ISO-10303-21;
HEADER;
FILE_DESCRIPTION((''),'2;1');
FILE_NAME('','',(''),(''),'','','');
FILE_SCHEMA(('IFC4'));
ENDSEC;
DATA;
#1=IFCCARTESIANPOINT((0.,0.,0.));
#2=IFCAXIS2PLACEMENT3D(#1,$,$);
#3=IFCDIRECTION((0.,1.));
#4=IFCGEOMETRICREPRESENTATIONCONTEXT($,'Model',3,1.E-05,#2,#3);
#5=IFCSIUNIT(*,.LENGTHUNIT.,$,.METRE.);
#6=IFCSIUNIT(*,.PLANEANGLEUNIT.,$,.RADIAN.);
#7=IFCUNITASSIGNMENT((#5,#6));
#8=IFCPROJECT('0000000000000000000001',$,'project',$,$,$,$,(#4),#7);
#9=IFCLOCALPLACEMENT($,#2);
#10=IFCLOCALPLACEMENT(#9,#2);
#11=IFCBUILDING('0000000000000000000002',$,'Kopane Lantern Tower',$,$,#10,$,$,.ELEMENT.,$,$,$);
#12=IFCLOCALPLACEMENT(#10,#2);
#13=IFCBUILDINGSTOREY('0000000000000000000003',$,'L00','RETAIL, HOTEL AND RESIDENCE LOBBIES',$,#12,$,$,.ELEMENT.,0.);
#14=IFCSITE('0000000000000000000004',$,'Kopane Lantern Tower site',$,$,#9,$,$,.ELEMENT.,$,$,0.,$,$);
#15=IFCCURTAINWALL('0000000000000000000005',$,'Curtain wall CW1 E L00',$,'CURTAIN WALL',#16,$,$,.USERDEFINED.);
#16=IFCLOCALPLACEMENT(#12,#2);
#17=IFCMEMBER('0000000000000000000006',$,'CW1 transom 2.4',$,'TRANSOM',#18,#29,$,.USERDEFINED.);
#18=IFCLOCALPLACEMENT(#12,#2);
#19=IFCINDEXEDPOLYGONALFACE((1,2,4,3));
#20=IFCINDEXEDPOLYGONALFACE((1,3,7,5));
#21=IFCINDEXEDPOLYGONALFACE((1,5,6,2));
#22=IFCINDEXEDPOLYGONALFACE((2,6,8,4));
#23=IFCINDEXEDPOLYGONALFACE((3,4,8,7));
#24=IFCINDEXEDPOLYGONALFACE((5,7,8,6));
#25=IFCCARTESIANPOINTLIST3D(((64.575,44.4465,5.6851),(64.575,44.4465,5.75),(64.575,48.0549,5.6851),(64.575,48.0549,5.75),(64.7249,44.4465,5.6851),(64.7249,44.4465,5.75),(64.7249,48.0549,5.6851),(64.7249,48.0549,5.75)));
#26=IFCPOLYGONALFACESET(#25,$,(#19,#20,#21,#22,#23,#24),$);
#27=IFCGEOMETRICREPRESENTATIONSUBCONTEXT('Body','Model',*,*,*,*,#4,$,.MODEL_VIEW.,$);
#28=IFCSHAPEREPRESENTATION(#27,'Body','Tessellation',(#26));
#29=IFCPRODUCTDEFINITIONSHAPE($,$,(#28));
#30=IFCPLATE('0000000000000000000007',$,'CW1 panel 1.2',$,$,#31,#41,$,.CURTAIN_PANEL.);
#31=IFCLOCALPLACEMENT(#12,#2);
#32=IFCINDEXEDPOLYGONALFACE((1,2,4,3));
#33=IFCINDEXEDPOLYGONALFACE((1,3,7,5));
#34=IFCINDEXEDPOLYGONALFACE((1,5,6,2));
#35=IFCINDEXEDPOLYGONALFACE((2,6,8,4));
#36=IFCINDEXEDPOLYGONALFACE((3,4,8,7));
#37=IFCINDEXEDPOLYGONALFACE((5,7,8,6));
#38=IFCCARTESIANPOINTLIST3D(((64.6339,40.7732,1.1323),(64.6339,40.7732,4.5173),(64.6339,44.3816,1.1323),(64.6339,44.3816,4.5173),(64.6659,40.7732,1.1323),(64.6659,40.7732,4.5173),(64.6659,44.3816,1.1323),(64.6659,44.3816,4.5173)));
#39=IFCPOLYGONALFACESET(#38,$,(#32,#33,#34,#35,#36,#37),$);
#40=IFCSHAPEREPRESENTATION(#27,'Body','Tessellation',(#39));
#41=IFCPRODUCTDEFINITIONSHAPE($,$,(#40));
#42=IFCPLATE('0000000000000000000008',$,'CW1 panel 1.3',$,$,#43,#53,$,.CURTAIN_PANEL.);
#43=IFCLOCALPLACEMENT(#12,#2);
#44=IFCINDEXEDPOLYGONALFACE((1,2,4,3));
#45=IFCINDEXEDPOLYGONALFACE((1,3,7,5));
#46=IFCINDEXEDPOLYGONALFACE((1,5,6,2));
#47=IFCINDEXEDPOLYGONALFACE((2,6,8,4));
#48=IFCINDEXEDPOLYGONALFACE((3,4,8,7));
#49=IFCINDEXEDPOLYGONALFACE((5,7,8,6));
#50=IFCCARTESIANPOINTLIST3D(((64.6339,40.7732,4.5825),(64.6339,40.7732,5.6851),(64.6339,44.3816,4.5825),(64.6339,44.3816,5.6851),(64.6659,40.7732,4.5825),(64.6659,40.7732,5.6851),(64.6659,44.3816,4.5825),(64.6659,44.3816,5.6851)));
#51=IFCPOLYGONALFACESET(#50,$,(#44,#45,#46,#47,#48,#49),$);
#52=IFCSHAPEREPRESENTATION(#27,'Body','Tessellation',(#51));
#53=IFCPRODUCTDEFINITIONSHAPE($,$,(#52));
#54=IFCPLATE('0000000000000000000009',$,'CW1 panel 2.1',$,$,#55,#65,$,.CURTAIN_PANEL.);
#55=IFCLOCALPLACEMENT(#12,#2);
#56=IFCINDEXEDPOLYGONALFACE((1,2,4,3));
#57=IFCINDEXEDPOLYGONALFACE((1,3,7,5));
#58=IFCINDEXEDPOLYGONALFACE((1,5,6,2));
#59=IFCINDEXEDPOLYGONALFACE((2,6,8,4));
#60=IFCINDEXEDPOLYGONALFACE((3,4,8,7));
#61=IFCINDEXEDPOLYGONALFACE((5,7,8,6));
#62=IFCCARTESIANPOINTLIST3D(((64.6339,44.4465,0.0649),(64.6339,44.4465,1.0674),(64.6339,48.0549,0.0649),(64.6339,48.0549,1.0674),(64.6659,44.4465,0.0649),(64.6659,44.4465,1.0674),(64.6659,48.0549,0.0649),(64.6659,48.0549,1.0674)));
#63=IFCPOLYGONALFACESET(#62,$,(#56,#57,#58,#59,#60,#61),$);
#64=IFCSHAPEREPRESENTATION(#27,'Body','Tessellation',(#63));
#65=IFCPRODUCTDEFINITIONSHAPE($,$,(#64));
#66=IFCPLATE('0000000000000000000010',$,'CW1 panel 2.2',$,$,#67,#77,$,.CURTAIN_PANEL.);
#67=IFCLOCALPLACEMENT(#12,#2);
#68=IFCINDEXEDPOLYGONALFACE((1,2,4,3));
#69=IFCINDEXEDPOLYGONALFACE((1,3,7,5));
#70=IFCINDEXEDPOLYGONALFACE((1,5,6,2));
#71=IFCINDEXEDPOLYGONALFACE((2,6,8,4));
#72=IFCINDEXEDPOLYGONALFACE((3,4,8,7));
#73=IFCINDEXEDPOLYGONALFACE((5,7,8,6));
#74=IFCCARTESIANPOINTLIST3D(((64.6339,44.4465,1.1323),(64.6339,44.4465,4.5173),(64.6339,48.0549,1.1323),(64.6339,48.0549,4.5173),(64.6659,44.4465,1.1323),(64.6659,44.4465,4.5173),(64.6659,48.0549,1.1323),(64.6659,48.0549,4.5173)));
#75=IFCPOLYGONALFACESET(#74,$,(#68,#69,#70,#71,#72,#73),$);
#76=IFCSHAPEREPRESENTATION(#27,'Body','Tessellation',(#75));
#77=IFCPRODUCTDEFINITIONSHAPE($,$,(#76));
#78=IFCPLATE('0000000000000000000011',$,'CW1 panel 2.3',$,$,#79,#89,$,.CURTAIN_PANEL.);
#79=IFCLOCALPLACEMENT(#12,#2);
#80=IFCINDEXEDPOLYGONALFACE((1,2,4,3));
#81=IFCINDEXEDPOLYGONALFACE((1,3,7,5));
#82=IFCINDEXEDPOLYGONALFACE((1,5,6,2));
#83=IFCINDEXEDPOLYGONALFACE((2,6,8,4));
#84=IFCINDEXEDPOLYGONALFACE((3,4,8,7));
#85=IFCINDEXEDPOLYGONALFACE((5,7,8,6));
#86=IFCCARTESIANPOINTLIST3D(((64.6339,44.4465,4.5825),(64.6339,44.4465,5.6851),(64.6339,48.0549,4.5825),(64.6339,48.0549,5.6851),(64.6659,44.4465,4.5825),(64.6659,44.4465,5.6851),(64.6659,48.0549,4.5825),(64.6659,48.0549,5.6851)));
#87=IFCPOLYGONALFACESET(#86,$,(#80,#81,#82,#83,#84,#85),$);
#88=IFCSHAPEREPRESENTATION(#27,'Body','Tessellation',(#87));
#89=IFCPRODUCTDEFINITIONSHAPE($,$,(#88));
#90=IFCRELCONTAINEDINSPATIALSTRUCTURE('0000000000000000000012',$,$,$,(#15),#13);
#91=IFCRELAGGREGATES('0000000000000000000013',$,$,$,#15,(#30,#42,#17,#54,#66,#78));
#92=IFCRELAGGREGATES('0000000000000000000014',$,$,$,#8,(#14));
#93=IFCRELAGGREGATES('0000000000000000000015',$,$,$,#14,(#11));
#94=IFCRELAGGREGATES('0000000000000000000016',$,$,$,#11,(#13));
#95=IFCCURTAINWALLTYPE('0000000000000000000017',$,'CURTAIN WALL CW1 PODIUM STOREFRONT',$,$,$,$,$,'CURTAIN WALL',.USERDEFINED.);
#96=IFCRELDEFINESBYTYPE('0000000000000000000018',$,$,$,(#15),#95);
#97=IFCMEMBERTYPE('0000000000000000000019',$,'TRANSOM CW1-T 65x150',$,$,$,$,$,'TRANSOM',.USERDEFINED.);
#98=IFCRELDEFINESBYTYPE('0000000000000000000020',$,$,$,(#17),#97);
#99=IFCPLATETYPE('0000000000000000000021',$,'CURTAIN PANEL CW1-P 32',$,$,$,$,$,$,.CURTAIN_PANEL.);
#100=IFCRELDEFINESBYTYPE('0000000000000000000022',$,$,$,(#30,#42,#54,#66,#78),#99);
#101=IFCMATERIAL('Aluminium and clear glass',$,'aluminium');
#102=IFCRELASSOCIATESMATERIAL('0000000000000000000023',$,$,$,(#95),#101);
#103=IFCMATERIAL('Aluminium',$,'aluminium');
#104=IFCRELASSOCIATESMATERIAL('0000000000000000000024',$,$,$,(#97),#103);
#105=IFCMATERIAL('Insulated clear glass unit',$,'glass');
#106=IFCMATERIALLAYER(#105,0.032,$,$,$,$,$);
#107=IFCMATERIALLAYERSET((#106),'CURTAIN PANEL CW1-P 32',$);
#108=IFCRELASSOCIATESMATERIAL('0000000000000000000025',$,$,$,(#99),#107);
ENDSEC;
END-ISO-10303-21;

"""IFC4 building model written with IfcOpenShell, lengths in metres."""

from ifc_helpers import new_model, si_unit, direction, frame, origin, origin_2d, place, context, subcontext, project, spatial, rectangle, extrude, material, layer, layer_set, material_profile, profile_set, type_object, element, aggregate, save


model = new_model("IFC4")

# Units and contexts
model_context = context("Model", 3, precision=1e-05, world=origin(), true_north=direction((0.0, 1.0)))
body_context = subcontext(model_context, "Body", "Model", "MODEL_VIEW")
ifc_project = project(units=[si_unit("LENGTHUNIT", "METRE"), si_unit("PLANEANGLEUNIT", "RADIAN")], contexts=[model_context])

# Site, building, storey
site_placement = place(None, origin())
site = spatial("IfcSite", under=ifc_project, at=site_placement, Name="Kopane Lantern Tower site", CompositionType="ELEMENT", RefElevation=0.0)
building_placement = place(site_placement, origin())
building = spatial("IfcBuilding", under=site, at=building_placement, Name="Kopane Lantern Tower", CompositionType="ELEMENT")
storey_placement = place(building_placement, origin())
storey = spatial("IfcBuildingStorey", under=building, at=storey_placement, Name="L00", Description="RETAIL, HOTEL AND RESIDENCE LOBBIES", CompositionType="ELEMENT", Elevation=0.0)

# Curtain wall, member, plates
ifc_material_1 = material(Name="Aluminium and clear glass", Category="aluminium")
curtain_wall_type = type_object("IfcCurtainWallType", Name="CURTAIN WALL CW1 PODIUM STOREFRONT", ElementType="CURTAIN WALL", PredefinedType="USERDEFINED", material=ifc_material_1)
curtain_wall_placement = place(storey_placement, origin())
curtain_wall = element("IfcCurtainWall", 1, at=curtain_wall_placement, inside=storey, type_object=curtain_wall_type, Name="Curtain wall CW1 E L00", ObjectType="CURTAIN WALL", PredefinedType="USERDEFINED")
ifc_material_2 = material(Name="Aluminium", Category="aluminium")
ifc_material_profile_1 = material_profile(ifc_material_2, rectangle(XDim=0.1499, YDim=0.0649, at=origin_2d()), Name="AL 150x65")
ifc_profile_set_1 = profile_set([ifc_material_profile_1], Name="Aluminium")
member_type_1 = type_object("IfcMemberType", Name="TRANSOM CW1-T 65x150", ElementType="TRANSOM", PredefinedType="USERDEFINED", material=ifc_profile_set_1)
member_1_placement = place(storey_placement, frame((64.6499, 44.4465, 5.7175), z_axis=(0.0, 1.0, 0.0), x_axis=(-1.0, 0.0, 0.0)))
member_1 = element("IfcMember", 2, at=member_1_placement, type_object=member_type_1, Name="CW1 transom 2.4", ObjectType="TRANSOM", PredefinedType="USERDEFINED", context=body_context, shape_type="SweptSolid", body=[
    extrude(rectangle(XDim=0.1499, YDim=0.0649, at=origin_2d()), origin(), (0.0, 0.0, 1.0), 3.6084),
])
ifc_material_3 = material(Name="Insulated clear glass unit", Category="glass")
ifc_layer = layer(ifc_material_3, 0.032)
ifc_layer_set = layer_set([ifc_layer], Name="CURTAIN PANEL CW1-P 32")
plate_type = type_object("IfcPlateType", Name="CURTAIN PANEL CW1-P 32", PredefinedType="CURTAIN_PANEL", material=ifc_layer_set)
plate_1_placement = place(storey_placement, frame((64.6499, 42.5774, 1.1323), z_axis=(0.0, 0.0, 1.0), x_axis=(0.0, 1.0, 0.0)))
plate_1 = element("IfcPlate", 3, at=plate_1_placement, type_object=plate_type, Name="CW1 panel 1.2", PredefinedType="CURTAIN_PANEL", context=body_context, shape_type="SweptSolid", body=[
    extrude(rectangle(XDim=3.6084, YDim=0.032, at=origin_2d()), origin(), (0.0, 0.0, 1.0), 3.385),
])
plate_2_placement = place(storey_placement, frame((64.6499, 42.5774, 4.5825), z_axis=(0.0, 0.0, 1.0), x_axis=(0.0, 1.0, 0.0)))
plate_2 = element("IfcPlate", 4, at=plate_2_placement, type_object=plate_type, Name="CW1 panel 1.3", PredefinedType="CURTAIN_PANEL", context=body_context, shape_type="SweptSolid", body=[
    extrude(rectangle(XDim=3.6084, YDim=0.032, at=origin_2d()), origin(), (0.0, 0.0, 1.0), 1.1025),
])
plate_3_placement = place(storey_placement, frame((64.6499, 46.2507, 0.0649), z_axis=(0.0, 0.0, 1.0), x_axis=(0.0, 1.0, 0.0)))
plate_3 = element("IfcPlate", 5, at=plate_3_placement, type_object=plate_type, Name="CW1 panel 2.1", PredefinedType="CURTAIN_PANEL", context=body_context, shape_type="SweptSolid", body=[
    extrude(rectangle(XDim=3.6084, YDim=0.032, at=origin_2d()), origin(), (0.0, 0.0, 1.0), 1.0024),
])
plate_4_placement = place(storey_placement, frame((64.6499, 46.2507, 1.1323), z_axis=(0.0, 0.0, 1.0), x_axis=(0.0, 1.0, 0.0)))
plate_4 = element("IfcPlate", 6, at=plate_4_placement, type_object=plate_type, Name="CW1 panel 2.2", PredefinedType="CURTAIN_PANEL", context=body_context, shape_type="SweptSolid", body=[
    extrude(rectangle(XDim=3.6084, YDim=0.032, at=origin_2d()), origin(), (0.0, 0.0, 1.0), 3.385),
])
plate_5_placement = place(storey_placement, frame((64.6499, 46.2507, 4.5825), z_axis=(0.0, 0.0, 1.0), x_axis=(0.0, 1.0, 0.0)))
plate_5 = element("IfcPlate", 7, at=plate_5_placement, type_object=plate_type, Name="CW1 panel 2.3", PredefinedType="CURTAIN_PANEL", context=body_context, shape_type="SweptSolid", body=[
    extrude(rectangle(XDim=3.6084, YDim=0.032, at=origin_2d()), origin(), (0.0, 0.0, 1.0), 1.1025),
])
aggregate(curtain_wall, [plate_1, plate_2, member_1, plate_3, plate_4, plate_5])

save(model, "model.ifc")
